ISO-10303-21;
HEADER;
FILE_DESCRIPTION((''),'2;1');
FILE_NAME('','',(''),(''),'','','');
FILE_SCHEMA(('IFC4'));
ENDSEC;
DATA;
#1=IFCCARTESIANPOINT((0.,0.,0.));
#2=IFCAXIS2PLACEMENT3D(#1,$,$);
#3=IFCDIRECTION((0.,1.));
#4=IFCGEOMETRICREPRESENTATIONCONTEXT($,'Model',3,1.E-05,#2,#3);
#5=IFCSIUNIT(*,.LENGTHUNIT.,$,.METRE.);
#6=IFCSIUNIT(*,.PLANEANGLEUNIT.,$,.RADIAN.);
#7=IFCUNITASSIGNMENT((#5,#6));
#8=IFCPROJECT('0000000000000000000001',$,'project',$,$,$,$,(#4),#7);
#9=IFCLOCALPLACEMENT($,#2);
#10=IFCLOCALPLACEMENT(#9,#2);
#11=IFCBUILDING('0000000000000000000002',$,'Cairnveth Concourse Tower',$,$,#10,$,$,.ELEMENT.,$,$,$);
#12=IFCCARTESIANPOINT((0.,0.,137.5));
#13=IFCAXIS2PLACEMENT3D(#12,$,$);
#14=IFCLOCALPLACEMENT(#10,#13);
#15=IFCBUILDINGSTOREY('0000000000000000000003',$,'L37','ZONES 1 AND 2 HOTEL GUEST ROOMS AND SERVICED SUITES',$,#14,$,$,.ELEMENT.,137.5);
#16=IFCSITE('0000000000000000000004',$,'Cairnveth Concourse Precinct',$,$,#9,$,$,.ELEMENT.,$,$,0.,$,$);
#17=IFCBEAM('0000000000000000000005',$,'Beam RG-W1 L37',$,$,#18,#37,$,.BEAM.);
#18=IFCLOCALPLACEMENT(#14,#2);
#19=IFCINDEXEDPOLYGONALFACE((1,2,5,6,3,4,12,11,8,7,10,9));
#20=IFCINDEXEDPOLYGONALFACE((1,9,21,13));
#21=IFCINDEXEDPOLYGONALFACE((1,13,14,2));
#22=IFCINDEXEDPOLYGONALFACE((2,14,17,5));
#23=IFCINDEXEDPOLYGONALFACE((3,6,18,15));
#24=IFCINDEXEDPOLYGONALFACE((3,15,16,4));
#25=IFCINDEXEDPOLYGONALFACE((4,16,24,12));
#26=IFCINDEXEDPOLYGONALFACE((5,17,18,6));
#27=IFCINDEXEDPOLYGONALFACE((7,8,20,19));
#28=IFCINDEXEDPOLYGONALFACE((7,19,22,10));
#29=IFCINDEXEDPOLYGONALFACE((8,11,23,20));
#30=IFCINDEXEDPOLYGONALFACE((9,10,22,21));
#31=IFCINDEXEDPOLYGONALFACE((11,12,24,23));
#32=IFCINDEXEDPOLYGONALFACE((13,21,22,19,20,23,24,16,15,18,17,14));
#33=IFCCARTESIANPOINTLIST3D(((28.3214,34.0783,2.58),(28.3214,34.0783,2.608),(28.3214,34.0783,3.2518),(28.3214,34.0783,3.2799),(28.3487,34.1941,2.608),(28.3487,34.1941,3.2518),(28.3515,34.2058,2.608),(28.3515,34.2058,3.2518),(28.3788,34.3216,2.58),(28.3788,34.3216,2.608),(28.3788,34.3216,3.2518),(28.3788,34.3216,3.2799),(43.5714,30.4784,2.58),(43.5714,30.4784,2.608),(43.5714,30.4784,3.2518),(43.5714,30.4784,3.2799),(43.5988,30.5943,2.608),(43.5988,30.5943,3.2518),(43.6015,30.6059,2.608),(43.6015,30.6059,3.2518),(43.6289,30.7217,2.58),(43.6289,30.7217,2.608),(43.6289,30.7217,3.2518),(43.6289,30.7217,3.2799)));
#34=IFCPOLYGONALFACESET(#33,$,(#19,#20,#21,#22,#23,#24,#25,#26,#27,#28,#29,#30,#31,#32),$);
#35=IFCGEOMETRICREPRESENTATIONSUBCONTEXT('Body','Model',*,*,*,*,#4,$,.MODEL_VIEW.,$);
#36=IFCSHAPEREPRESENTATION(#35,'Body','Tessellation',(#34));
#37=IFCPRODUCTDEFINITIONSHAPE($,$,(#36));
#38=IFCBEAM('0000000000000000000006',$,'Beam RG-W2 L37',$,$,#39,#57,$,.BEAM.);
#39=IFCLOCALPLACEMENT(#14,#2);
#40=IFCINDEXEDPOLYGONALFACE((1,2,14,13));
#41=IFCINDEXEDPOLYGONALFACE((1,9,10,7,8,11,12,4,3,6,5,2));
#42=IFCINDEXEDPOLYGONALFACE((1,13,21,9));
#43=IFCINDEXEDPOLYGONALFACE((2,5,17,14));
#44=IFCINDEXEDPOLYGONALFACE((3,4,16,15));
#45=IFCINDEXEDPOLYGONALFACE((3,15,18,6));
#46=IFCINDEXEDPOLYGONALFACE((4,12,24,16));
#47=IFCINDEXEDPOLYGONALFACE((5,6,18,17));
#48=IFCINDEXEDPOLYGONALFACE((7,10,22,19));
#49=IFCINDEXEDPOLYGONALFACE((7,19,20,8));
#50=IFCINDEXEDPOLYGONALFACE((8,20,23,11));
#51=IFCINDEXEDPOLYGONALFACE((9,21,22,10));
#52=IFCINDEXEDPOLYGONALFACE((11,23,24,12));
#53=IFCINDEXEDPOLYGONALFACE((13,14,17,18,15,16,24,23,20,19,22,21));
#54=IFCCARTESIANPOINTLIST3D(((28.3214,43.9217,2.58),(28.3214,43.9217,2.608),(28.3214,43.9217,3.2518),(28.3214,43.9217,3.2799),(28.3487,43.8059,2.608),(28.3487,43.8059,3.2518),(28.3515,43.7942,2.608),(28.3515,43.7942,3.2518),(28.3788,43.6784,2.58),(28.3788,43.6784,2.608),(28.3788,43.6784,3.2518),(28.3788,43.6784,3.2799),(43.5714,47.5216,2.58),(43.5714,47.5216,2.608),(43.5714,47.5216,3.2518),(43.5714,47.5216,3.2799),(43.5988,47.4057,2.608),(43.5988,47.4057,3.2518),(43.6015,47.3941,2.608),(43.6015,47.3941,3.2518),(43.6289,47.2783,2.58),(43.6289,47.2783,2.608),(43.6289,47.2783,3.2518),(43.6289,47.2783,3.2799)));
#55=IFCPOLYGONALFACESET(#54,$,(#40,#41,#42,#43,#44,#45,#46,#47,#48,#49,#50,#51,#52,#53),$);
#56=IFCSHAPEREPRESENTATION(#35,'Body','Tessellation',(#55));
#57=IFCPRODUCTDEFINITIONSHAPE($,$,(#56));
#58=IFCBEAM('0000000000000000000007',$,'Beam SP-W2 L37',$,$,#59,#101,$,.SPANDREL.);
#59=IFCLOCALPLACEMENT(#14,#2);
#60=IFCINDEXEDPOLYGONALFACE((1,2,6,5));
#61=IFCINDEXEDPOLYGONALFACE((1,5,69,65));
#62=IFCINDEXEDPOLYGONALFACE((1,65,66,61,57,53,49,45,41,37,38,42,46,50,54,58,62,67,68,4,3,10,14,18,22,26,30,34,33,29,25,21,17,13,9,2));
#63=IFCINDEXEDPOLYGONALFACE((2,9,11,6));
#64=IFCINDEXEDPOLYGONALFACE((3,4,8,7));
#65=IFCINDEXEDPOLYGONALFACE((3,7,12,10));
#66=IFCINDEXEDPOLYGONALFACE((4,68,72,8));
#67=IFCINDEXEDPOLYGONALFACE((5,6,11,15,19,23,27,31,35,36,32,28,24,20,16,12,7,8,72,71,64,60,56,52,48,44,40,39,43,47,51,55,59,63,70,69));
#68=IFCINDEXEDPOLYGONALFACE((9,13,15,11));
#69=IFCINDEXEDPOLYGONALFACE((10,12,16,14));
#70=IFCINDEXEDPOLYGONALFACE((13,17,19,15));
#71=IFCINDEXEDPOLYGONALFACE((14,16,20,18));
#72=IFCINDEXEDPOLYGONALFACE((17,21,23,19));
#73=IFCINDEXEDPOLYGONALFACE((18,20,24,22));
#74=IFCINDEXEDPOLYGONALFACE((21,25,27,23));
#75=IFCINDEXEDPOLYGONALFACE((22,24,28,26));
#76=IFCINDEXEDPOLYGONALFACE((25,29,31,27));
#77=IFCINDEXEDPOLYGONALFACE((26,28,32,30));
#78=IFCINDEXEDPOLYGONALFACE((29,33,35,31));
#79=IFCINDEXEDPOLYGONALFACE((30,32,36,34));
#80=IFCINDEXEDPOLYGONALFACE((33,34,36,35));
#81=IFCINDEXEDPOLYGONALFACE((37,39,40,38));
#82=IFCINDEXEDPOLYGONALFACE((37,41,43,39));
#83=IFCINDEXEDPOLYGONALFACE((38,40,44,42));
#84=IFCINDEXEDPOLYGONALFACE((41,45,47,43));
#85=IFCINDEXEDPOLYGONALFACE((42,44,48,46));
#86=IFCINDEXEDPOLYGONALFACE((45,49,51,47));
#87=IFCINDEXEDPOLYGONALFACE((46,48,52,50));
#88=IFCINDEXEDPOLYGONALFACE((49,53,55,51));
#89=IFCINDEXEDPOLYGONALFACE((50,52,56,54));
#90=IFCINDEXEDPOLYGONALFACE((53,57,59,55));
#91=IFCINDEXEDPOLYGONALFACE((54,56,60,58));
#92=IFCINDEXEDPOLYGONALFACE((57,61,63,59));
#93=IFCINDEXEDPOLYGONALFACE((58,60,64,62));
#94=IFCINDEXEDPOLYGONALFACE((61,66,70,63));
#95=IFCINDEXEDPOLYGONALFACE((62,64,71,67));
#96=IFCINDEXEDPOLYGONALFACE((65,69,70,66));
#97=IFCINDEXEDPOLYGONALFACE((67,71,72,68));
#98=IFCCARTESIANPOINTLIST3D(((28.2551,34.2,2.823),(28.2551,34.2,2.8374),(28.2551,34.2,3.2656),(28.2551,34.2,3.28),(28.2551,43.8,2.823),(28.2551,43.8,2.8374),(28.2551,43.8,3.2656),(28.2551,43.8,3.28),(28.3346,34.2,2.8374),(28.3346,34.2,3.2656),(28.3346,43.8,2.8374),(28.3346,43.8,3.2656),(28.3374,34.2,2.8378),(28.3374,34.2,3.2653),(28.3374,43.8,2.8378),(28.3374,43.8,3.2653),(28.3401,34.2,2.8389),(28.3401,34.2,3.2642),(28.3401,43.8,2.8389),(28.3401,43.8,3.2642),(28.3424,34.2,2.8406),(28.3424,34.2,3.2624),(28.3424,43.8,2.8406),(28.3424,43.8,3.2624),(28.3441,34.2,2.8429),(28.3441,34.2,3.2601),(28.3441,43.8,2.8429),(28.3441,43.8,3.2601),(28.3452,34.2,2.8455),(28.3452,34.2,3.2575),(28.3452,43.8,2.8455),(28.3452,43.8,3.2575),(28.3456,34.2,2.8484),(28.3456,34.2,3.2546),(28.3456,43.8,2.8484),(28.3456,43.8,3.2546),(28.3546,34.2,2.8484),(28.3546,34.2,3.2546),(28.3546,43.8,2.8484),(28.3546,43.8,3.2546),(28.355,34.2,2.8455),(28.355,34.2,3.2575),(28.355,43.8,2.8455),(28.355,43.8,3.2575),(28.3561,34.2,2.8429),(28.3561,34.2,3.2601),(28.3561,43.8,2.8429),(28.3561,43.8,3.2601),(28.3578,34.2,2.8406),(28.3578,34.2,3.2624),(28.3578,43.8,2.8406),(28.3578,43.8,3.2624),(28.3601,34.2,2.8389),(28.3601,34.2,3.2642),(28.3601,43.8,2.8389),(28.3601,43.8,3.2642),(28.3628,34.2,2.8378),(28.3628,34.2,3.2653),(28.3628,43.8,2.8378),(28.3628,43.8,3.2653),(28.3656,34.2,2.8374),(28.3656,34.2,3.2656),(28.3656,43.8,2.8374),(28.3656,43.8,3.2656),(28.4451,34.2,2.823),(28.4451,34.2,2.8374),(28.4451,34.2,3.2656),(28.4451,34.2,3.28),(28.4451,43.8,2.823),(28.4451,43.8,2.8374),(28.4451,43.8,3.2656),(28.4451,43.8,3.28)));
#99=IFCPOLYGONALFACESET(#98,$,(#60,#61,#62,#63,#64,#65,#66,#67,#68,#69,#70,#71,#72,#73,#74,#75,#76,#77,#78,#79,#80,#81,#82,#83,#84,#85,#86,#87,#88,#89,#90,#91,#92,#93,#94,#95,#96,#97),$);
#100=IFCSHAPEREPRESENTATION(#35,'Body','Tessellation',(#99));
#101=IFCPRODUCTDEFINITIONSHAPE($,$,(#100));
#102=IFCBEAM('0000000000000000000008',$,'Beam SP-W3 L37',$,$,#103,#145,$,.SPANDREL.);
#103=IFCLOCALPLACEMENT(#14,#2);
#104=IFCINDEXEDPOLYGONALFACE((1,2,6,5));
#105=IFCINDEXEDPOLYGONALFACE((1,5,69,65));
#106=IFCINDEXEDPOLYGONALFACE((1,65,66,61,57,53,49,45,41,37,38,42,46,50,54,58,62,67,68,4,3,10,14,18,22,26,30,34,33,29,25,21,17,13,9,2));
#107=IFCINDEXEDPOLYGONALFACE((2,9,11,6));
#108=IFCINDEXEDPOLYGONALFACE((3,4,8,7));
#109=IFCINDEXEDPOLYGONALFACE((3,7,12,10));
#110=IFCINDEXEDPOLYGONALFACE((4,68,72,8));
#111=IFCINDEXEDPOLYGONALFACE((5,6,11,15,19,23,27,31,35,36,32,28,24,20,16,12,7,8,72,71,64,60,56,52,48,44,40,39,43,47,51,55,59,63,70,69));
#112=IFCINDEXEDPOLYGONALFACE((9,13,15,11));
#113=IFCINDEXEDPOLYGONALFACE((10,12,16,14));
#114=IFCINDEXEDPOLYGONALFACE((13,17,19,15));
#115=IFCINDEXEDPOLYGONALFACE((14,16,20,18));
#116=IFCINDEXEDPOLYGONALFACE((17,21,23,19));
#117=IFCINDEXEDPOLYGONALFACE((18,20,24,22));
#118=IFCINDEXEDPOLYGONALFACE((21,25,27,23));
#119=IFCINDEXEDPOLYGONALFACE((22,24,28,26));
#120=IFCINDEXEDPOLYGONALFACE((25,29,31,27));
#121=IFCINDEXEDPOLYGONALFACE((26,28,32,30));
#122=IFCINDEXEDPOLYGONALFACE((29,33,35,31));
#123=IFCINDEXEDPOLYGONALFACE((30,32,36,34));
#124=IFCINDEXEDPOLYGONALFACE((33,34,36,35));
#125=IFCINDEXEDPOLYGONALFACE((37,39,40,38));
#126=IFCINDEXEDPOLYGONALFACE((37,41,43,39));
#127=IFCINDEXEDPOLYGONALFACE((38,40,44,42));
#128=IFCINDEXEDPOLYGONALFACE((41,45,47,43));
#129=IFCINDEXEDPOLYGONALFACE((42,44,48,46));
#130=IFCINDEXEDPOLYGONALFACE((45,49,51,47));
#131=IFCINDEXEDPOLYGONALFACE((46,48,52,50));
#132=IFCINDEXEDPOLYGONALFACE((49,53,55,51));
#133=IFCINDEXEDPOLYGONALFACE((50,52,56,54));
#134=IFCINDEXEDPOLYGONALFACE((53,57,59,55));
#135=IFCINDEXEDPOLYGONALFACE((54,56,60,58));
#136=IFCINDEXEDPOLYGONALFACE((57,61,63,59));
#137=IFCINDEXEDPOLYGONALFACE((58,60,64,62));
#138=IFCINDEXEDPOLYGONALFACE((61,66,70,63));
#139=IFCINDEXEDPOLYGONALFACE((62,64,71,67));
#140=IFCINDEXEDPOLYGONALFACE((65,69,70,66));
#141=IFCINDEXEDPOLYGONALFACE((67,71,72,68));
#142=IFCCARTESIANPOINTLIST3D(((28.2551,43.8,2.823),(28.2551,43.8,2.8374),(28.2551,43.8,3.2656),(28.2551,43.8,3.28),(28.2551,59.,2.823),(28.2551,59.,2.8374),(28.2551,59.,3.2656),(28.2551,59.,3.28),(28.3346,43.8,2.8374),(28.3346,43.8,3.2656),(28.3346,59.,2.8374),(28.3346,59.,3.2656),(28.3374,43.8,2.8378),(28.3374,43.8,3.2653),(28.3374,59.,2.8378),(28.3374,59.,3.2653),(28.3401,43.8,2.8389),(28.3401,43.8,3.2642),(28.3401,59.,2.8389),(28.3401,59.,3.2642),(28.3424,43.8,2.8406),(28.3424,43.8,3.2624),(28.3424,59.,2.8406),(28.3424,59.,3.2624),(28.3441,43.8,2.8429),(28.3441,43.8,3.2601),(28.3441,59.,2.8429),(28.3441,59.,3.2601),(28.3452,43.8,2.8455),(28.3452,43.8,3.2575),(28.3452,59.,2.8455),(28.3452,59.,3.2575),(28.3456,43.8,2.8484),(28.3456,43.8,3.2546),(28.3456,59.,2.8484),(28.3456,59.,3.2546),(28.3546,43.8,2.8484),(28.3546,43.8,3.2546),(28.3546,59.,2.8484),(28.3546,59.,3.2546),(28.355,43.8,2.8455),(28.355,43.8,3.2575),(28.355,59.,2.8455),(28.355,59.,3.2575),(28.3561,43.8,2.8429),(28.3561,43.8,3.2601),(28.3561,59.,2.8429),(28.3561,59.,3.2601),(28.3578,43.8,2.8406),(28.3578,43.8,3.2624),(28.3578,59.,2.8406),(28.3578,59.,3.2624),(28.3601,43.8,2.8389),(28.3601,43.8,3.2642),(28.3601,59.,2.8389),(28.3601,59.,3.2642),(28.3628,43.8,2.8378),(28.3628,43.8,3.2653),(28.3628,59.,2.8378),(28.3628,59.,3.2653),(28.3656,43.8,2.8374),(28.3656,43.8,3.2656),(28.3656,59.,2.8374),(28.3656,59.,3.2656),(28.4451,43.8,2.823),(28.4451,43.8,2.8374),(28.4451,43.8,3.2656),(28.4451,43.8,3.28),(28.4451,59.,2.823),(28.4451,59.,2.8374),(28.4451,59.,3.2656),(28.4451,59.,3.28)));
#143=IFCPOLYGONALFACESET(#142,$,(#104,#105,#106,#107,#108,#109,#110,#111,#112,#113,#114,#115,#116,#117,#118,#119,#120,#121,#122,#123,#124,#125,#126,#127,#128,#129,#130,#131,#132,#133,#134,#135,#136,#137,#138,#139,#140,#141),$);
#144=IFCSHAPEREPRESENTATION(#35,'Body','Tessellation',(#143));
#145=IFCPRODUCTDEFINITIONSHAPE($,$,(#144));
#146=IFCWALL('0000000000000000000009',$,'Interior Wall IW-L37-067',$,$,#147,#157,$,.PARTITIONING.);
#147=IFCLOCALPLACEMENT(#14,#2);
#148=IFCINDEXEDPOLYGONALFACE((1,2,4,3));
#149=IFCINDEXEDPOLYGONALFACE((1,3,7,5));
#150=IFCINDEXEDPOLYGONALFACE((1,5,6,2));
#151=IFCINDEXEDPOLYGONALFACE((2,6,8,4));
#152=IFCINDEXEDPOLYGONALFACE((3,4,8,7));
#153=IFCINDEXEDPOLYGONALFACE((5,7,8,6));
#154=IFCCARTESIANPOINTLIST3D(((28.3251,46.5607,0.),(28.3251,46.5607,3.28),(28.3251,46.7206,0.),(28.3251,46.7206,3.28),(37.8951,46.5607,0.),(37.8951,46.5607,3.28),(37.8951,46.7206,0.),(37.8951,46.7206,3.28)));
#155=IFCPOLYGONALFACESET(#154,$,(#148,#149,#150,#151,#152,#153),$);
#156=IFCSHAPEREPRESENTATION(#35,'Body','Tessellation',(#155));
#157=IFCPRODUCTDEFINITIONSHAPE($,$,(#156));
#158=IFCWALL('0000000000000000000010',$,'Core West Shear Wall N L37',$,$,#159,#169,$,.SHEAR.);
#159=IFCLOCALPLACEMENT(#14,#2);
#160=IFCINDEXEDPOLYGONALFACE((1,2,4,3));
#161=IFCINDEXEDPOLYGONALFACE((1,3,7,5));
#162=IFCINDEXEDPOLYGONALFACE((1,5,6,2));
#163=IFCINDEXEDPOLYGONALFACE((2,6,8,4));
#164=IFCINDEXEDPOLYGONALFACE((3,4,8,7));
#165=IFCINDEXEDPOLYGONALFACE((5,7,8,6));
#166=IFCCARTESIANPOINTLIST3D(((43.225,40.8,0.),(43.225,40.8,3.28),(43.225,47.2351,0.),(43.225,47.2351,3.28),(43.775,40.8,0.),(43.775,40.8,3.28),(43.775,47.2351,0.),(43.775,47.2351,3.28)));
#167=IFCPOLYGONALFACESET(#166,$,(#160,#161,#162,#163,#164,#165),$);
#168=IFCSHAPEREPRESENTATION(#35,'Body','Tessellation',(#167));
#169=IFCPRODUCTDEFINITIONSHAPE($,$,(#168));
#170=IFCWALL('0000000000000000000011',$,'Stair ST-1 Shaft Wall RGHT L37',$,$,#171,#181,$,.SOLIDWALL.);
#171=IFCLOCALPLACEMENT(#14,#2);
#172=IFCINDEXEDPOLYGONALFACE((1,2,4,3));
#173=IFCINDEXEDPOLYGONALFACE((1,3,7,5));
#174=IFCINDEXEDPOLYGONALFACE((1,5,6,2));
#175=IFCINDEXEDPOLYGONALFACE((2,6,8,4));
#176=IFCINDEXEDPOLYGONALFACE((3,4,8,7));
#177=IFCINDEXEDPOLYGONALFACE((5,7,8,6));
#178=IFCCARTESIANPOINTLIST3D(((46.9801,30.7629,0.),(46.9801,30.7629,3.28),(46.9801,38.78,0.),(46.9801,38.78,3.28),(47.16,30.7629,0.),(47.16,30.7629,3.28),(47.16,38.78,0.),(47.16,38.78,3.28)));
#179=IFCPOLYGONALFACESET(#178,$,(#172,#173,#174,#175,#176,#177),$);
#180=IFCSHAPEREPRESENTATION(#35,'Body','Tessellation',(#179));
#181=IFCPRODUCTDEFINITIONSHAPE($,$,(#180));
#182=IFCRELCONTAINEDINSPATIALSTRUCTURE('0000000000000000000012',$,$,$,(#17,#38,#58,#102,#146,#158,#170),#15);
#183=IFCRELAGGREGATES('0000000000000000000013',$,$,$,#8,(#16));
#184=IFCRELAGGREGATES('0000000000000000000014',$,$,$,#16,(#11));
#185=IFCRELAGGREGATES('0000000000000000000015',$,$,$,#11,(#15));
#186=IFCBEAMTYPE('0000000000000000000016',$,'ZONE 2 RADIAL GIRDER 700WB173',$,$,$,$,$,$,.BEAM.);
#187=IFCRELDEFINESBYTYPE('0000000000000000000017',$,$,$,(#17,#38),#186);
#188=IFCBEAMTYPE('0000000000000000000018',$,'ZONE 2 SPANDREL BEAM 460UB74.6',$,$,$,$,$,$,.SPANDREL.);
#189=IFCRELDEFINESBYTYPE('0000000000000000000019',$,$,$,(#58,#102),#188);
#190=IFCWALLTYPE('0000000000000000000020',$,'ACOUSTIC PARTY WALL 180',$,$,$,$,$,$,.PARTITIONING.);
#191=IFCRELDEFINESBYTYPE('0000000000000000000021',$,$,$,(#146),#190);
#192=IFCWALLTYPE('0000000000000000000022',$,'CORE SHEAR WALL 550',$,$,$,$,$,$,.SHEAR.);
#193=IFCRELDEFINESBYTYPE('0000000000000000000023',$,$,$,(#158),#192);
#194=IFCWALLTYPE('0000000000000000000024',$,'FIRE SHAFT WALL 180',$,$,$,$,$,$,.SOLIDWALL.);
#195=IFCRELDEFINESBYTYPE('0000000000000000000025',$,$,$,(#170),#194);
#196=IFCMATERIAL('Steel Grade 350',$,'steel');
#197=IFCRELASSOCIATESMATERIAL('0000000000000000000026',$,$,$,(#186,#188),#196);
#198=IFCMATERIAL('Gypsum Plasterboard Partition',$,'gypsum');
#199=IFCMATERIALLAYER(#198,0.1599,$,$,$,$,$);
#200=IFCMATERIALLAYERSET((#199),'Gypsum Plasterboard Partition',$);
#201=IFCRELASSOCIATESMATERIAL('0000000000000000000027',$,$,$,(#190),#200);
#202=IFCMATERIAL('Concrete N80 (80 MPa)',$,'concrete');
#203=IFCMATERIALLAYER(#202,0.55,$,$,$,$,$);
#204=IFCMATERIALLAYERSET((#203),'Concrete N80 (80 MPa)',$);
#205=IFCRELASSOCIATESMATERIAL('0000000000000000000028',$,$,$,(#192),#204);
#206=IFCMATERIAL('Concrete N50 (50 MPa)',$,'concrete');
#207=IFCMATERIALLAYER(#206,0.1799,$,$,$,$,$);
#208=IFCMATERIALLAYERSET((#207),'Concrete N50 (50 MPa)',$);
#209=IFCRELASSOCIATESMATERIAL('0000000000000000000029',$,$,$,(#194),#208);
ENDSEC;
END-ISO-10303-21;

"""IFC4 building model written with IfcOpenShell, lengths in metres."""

from ifc_helpers import new_model, si_unit, direction, frame, frame_2d, origin, origin_2d, place, context, subcontext, project, spatial, rectangle, i_section, extrude, material, layer, layer_set, material_profile, profile_set, type_object, element, save


model = new_model("IFC4")

# Units and contexts
model_context = context("Model", 3, precision=1e-05, world=origin(), true_north=direction((0.0, 1.0)))
body_context = subcontext(model_context, "Body", "Model", "MODEL_VIEW")
ifc_project = project(units=[si_unit("LENGTHUNIT", "METRE"), si_unit("PLANEANGLEUNIT", "RADIAN")], contexts=[model_context])

# Site, building, storey
site_placement = place(None, origin())
site = spatial("IfcSite", under=ifc_project, at=site_placement, Name="Cairnveth Concourse Precinct", CompositionType="ELEMENT", RefElevation=0.0)
building_placement = place(site_placement, origin())
building = spatial("IfcBuilding", under=site, at=building_placement, Name="Cairnveth Concourse Tower", CompositionType="ELEMENT")
storey_placement = place(building_placement, frame((0.0, 0.0, 137.5)))
storey = spatial("IfcBuildingStorey", under=building, at=storey_placement, Name="L37", Description="ZONES 1 AND 2 HOTEL GUEST ROOMS AND SERVICED SUITES", CompositionType="ELEMENT", Elevation=137.5)

# Beams
ifc_material_1 = material(Name="Steel Grade 350", Category="steel")
ifc_material_profile_1 = material_profile(ifc_material_1, i_section(OverallWidth=0.25, OverallDepth=0.7, WebThickness=0.012, FlangeThickness=0.0281, at=origin_2d()), Name="700WB173")
ifc_profile_set_1 = profile_set([ifc_material_profile_1], Name="Steel Grade 350")
beam_type_1 = type_object("IfcBeamType", Name="ZONE 2 RADIAL GIRDER 700WB173", PredefinedType="BEAM", material=ifc_profile_set_1)
for number, where, z_axis, x_axis, name in (
    (1, (28.3501, 34.2, 2.9299), (0.973252, -0.229742, 0.0), (0.229742, 0.973252, 0.0), "Beam RG-W1 L37"),
    (2, (28.3501, 43.8, 2.9299), (0.973252, 0.229742, 0.0), (-0.229742, 0.973252, 0.0), "Beam RG-W2 L37"),
):
    element("IfcBeam", number, at=place(storey_placement, frame(where, z_axis=z_axis, x_axis=x_axis)), inside=storey, type_object=beam_type_1, Name=name, PredefinedType="BEAM", context=body_context, shape_type="SweptSolid", body=[
        extrude(i_section(OverallWidth=0.25, OverallDepth=0.7, WebThickness=0.012, FlangeThickness=0.0281, at=origin_2d()), origin(), (0.0, 0.0, 1.0), 15.6692),
    ])
ifc_material_profile_2 = material_profile(ifc_material_1, i_section(OverallWidth=0.1899, OverallDepth=0.457, WebThickness=0.009, FlangeThickness=0.0144, FilletRadius=0.011, at=origin_2d()), Name="460UB74.6")
ifc_profile_set_2 = profile_set([ifc_material_profile_2], Name="Steel Grade 350")
beam_type_2 = type_object("IfcBeamType", Name="ZONE 2 SPANDREL BEAM 460UB74.6", PredefinedType="SPANDREL", material=ifc_profile_set_2)
beam_1_placement = place(storey_placement, frame((28.3501, 34.2, 3.0515), z_axis=(0.0, 1.0, 0.0), x_axis=(-1.0, 0.0, 0.0)))
element("IfcBeam", 3, at=beam_1_placement, inside=storey, type_object=beam_type_2, Name="Beam SP-W2 L37", PredefinedType="SPANDREL", context=body_context, shape_type="SweptSolid", body=[
    extrude(i_section(OverallWidth=0.1899, OverallDepth=0.457, WebThickness=0.009, FlangeThickness=0.0144, FilletRadius=0.011, at=origin_2d()), origin(), (0.0, 0.0, 1.0), 9.6001),
])
beam_2_placement = place(storey_placement, frame((28.3501, 43.8, 3.0515), z_axis=(0.0, 1.0, 0.0), x_axis=(-1.0, 0.0, 0.0)))
element("IfcBeam", 4, at=beam_2_placement, inside=storey, type_object=beam_type_2, Name="Beam SP-W3 L37", PredefinedType="SPANDREL", context=body_context, shape_type="SweptSolid", body=[
    extrude(i_section(OverallWidth=0.1899, OverallDepth=0.457, WebThickness=0.009, FlangeThickness=0.0144, FilletRadius=0.011, at=origin_2d()), origin(), (0.0, 0.0, 1.0), 15.2),
])

# Walls
ifc_material_2 = material(Name="Gypsum Plasterboard Partition", Category="gypsum")
ifc_layer_1 = layer(ifc_material_2, 0.1599)
ifc_layer_set_1 = layer_set([ifc_layer_1], Name="Gypsum Plasterboard Partition")
wall_type_1 = type_object("IfcWallType", Name="ACOUSTIC PARTY WALL 180", PredefinedType="PARTITIONING", material=ifc_layer_set_1)
wall_1_placement = place(storey_placement, frame((28.325, 46.6406, 0.0), z_axis=(0.0, 0.0, 1.0), x_axis=(1.0, 0.0, 0.0)))
element("IfcWall", 5, at=wall_1_placement, inside=storey, type_object=wall_type_1, Name="Interior Wall IW-L37-067", PredefinedType="PARTITIONING", context=body_context, shape_type="SweptSolid", body=[
    extrude(rectangle(XDim=9.5701, YDim=0.1599, at=frame_2d((4.7852, 0.0))), origin(), (0.0, 0.0, 1.0), 3.28),
])
ifc_material_3 = material(Name="Concrete N80 (80 MPa)", Category="concrete")
ifc_layer_2 = layer(ifc_material_3, 0.55)
ifc_layer_set_2 = layer_set([ifc_layer_2], Name="Concrete N80 (80 MPa)")
wall_type_2 = type_object("IfcWallType", Name="CORE SHEAR WALL 550", PredefinedType="SHEAR", material=ifc_layer_set_2)
wall_2_placement = place(storey_placement, frame((43.5, 40.8, 0.0), z_axis=(0.0, 0.0, 1.0), x_axis=(0.0, 1.0, 0.0)))
element("IfcWall", 6, at=wall_2_placement, inside=storey, type_object=wall_type_2, Name="Core West Shear Wall N L37", PredefinedType="SHEAR", context=body_context, shape_type="SweptSolid", body=[
    extrude(rectangle(XDim=6.4351, YDim=0.55, at=frame_2d((3.2175, 0.0))), origin(), (0.0, 0.0, 1.0), 3.28),
])

# Shared definitions
ifc_material_4 = material(Name="Concrete N50 (50 MPa)", Category="concrete")
ifc_layer_3 = layer(ifc_material_4, 0.1799)
ifc_layer_set_3 = layer_set([ifc_layer_3], Name="Concrete N50 (50 MPa)")
wall_type_3 = type_object("IfcWallType", Name="FIRE SHAFT WALL 180", PredefinedType="SOLIDWALL", material=ifc_layer_set_3)

# Wall
wall_3_placement = place(storey_placement, frame((47.0701, 38.78, 0.0), z_axis=(0.0, 0.0, 1.0), x_axis=(0.0, -1.0, 0.0)))
element("IfcWall", 7, at=wall_3_placement, inside=storey, type_object=wall_type_3, Name="Stair ST-1 Shaft Wall RGHT L37", PredefinedType="SOLIDWALL", context=body_context, shape_type="SweptSolid", body=[
    extrude(rectangle(XDim=8.0171, YDim=0.1799, at=frame_2d((4.0085, 0.0))), origin(), (0.0, 0.0, 1.0), 3.28),
])

save(model, "model.ifc")
